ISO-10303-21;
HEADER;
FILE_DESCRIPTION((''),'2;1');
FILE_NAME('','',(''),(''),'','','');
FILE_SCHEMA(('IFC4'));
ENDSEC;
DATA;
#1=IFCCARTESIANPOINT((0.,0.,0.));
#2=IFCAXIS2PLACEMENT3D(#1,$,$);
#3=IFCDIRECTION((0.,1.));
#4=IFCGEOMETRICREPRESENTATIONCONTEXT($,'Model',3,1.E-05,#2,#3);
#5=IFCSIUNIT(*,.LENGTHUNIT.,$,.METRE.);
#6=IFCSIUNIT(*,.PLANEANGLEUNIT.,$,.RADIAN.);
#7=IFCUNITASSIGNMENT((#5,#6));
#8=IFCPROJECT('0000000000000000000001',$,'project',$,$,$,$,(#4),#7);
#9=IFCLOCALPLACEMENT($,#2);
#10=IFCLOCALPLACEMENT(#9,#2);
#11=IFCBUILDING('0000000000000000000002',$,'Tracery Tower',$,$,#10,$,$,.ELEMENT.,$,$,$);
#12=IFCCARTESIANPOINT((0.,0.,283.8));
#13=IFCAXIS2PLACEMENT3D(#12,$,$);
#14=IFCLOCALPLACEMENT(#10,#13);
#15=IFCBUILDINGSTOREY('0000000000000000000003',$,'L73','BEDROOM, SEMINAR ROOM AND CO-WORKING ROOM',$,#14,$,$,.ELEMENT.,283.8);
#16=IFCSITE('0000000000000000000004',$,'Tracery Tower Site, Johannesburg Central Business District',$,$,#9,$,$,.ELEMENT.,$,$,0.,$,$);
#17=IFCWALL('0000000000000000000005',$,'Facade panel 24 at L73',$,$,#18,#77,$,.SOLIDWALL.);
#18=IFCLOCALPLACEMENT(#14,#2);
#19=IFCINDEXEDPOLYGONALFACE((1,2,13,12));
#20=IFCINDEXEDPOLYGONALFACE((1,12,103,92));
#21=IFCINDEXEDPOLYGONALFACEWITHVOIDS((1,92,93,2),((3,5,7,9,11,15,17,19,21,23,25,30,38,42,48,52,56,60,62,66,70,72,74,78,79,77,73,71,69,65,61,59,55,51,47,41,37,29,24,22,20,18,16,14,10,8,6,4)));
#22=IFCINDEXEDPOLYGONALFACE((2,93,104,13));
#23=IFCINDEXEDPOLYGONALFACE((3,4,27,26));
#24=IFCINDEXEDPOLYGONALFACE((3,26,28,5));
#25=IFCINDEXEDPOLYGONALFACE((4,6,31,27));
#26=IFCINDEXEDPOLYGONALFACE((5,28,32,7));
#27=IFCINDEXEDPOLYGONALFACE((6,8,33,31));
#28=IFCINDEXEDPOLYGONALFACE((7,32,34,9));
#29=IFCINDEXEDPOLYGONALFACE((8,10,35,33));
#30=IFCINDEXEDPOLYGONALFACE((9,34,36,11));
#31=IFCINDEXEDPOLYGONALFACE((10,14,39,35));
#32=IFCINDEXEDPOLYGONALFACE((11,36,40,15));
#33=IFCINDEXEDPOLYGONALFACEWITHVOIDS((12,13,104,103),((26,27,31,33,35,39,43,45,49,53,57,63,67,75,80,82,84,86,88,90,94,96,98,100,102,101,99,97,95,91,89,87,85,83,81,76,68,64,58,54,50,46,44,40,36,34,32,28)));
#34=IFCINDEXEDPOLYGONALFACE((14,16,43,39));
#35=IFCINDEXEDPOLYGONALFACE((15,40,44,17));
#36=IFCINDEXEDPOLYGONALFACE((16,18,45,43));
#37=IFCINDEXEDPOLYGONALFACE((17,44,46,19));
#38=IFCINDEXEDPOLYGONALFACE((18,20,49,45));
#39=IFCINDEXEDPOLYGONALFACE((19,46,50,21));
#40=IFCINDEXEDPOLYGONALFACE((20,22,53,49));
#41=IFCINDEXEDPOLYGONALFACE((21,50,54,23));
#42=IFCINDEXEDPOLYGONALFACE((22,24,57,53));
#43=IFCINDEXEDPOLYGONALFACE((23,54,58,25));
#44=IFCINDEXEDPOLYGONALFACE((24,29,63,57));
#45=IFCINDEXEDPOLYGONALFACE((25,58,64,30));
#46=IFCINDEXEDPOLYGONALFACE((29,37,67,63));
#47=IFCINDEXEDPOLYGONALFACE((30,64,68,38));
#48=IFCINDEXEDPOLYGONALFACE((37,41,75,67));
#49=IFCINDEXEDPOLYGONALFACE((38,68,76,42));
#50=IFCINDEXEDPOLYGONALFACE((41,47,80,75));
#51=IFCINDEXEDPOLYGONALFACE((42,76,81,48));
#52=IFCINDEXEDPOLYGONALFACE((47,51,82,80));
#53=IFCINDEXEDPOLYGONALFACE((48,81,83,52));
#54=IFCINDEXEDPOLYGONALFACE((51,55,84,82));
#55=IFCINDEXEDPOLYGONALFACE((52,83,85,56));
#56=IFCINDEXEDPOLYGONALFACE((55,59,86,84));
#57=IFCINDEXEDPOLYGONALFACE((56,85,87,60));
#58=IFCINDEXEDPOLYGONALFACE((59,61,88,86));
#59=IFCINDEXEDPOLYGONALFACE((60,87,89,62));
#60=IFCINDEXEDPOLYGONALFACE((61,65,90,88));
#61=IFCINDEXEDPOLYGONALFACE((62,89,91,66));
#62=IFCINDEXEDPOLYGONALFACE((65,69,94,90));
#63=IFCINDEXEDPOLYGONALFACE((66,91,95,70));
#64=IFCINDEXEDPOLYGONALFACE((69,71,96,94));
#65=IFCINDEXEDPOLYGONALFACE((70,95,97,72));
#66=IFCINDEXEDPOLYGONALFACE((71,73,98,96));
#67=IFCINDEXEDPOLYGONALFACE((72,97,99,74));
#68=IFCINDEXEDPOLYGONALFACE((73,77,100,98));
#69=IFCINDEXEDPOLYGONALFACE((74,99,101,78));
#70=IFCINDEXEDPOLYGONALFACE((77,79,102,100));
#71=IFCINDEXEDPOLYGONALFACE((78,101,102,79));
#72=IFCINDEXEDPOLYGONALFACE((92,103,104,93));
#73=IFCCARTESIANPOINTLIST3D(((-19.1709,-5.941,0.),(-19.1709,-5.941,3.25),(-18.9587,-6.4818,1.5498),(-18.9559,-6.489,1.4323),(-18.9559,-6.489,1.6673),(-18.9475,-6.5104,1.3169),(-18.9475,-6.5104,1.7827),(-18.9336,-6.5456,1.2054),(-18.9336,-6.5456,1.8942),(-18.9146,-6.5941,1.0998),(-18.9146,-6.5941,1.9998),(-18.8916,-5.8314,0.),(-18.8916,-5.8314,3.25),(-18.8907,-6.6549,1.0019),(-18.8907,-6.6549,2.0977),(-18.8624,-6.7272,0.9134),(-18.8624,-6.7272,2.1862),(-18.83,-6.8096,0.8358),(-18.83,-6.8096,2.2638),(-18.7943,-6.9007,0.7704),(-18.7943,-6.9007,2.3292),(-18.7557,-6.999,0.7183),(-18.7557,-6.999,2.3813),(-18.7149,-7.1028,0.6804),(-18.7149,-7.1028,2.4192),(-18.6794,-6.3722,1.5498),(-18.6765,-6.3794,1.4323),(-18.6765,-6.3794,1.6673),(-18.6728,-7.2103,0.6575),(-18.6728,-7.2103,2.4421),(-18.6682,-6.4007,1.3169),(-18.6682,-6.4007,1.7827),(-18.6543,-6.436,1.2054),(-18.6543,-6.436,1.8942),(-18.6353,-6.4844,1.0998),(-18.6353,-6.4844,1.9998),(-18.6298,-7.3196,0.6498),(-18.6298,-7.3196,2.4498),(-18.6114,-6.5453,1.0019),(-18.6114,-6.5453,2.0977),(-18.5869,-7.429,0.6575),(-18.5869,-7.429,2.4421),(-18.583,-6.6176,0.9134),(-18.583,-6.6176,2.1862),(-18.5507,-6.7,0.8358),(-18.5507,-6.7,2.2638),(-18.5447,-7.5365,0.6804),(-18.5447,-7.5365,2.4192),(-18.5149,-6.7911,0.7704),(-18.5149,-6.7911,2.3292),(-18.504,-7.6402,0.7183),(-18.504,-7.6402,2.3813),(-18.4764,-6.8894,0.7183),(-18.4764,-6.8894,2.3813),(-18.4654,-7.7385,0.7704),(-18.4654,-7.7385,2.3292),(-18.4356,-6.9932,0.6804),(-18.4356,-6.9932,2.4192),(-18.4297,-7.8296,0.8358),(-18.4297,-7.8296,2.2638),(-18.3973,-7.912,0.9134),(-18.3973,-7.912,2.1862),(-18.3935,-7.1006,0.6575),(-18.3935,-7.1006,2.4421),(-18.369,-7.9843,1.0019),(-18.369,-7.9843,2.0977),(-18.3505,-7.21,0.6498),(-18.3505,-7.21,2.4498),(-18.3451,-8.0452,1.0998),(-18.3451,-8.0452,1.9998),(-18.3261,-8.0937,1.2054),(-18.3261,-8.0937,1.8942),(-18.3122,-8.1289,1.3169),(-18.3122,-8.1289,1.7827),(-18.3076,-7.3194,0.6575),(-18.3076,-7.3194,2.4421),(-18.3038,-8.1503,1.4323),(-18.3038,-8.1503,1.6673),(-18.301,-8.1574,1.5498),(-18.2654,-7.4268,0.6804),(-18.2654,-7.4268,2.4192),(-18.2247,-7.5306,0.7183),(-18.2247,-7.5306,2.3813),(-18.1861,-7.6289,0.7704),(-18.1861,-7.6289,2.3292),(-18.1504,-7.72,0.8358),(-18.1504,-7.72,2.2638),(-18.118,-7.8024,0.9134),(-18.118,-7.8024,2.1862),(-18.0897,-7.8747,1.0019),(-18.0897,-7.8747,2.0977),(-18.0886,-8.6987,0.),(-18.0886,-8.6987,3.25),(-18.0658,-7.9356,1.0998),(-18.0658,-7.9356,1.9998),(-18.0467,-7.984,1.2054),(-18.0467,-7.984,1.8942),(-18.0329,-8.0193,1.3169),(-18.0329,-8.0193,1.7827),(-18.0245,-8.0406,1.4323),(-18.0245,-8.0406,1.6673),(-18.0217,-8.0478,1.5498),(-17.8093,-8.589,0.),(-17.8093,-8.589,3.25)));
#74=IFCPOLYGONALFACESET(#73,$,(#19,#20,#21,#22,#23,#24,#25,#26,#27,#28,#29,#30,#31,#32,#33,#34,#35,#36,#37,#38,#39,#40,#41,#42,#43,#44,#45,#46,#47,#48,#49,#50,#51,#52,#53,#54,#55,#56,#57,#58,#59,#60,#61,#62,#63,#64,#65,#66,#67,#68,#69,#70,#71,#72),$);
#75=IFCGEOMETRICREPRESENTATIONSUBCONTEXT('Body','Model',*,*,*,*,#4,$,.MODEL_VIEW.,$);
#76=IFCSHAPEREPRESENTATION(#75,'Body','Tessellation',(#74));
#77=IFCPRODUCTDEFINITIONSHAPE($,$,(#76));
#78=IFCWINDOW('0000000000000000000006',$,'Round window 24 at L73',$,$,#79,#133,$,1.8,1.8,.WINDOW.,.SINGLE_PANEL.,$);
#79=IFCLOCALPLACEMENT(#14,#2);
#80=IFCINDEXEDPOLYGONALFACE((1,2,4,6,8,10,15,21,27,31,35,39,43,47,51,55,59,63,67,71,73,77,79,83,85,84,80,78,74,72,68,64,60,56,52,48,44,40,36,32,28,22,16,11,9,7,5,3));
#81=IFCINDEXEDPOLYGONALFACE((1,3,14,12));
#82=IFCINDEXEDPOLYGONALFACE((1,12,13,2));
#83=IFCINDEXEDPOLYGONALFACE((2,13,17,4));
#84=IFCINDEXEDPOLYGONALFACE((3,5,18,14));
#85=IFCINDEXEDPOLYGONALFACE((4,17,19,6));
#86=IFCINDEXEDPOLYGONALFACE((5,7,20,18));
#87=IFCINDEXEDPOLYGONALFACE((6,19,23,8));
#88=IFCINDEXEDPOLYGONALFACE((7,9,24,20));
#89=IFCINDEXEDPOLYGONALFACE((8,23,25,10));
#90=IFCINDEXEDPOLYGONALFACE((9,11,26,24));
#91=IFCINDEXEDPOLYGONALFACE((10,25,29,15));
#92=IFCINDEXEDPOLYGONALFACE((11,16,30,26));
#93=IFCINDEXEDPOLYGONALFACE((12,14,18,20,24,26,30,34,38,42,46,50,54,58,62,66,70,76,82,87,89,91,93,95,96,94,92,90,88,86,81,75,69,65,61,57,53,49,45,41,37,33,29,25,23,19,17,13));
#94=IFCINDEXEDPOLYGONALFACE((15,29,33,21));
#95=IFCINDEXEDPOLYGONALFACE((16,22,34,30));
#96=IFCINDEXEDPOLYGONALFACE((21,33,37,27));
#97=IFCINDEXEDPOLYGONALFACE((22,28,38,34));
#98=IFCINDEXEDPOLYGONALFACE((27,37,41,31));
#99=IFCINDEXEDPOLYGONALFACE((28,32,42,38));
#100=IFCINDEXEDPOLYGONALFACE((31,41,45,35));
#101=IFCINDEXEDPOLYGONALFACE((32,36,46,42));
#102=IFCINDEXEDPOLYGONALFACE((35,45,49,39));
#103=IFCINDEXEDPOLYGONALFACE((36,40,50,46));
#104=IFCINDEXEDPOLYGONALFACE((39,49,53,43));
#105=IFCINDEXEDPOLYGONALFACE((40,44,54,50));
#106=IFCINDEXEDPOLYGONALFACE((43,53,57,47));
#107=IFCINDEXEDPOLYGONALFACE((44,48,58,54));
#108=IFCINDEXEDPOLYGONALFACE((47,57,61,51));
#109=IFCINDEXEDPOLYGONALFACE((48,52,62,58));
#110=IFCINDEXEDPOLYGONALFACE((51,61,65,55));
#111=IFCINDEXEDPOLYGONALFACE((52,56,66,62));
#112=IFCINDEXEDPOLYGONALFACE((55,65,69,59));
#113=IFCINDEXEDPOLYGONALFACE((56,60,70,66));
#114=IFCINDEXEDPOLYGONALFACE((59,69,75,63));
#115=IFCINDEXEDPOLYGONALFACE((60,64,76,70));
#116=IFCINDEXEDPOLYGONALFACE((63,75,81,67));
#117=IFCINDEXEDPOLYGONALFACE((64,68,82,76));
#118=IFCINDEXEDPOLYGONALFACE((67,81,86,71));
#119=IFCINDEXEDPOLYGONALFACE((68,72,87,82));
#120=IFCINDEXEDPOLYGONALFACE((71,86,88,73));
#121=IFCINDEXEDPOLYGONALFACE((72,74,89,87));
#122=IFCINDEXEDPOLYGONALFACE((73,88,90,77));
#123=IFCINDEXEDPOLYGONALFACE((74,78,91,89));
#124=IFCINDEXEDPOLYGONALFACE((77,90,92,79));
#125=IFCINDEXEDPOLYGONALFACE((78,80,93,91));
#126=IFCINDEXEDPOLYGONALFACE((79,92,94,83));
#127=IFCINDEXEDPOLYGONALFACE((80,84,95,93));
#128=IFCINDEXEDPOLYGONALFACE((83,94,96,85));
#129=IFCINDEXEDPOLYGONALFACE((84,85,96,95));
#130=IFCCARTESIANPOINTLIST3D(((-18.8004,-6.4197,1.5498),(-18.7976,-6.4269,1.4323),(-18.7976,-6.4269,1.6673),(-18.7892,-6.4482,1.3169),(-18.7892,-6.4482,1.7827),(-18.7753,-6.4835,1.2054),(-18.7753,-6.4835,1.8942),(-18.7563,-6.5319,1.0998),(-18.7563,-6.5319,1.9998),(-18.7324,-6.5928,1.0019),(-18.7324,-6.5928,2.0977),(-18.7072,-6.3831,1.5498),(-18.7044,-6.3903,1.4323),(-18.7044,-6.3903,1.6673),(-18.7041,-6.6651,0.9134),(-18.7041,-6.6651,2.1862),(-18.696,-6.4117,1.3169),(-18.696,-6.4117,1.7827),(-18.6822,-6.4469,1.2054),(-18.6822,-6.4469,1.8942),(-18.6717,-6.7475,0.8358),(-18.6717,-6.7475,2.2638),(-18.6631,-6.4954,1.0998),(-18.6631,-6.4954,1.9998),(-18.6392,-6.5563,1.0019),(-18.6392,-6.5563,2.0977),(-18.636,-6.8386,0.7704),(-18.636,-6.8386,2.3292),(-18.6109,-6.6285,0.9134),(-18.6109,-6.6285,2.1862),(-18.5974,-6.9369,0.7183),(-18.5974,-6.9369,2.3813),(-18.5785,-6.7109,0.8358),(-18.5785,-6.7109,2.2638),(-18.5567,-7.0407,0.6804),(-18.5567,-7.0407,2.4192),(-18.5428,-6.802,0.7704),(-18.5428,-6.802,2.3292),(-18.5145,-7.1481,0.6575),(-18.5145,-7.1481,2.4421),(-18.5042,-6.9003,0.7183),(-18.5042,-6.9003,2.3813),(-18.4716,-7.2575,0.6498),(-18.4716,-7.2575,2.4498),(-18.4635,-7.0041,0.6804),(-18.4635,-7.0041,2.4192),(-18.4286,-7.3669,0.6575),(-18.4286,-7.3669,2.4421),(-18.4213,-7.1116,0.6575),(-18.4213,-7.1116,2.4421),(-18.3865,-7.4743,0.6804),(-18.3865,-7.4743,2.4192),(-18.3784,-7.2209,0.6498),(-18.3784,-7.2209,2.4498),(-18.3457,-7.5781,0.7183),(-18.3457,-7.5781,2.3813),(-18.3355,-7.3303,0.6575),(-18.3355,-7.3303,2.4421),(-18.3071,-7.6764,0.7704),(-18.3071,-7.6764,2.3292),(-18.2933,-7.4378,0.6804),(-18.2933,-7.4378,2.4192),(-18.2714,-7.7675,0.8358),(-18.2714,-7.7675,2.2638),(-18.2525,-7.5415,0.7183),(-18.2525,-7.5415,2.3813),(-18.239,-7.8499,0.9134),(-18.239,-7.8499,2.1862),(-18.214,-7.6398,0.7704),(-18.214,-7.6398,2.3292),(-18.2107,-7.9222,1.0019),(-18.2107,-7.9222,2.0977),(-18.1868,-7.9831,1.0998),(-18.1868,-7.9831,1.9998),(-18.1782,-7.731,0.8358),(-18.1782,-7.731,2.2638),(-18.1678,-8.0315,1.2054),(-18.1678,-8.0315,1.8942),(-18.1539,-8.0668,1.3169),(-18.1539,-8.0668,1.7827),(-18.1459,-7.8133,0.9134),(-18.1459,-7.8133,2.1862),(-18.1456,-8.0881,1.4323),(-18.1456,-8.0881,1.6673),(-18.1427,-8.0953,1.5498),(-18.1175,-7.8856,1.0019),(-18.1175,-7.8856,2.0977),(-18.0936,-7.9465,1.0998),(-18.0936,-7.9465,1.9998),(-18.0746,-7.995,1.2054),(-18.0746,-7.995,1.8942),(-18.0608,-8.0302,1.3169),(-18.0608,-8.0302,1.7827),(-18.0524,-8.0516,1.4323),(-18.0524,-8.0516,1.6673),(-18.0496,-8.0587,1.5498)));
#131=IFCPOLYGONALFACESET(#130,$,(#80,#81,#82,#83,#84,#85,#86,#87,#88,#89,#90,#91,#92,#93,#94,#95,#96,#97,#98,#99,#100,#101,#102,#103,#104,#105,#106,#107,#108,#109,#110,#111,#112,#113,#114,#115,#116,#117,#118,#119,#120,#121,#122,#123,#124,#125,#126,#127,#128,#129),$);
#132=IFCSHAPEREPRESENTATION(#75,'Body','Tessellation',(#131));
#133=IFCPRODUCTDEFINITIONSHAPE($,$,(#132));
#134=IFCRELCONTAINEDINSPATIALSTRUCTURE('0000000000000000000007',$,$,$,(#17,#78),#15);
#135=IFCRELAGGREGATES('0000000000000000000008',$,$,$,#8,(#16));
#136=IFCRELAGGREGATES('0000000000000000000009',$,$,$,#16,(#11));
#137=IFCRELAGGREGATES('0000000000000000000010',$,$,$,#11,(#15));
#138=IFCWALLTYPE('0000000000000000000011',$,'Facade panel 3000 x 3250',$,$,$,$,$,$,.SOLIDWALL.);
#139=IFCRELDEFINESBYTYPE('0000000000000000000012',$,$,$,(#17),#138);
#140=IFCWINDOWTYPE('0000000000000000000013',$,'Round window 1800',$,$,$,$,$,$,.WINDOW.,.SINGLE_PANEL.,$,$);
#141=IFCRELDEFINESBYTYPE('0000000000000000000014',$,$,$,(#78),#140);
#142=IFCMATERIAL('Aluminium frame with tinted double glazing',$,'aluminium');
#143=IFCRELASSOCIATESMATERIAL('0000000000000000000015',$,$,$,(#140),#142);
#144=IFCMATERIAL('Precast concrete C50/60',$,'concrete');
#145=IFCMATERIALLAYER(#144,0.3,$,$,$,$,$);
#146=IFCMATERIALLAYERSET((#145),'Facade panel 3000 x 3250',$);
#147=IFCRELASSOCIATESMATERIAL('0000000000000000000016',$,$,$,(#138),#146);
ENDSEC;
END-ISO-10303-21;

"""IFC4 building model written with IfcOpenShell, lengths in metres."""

from ifc_helpers import new_model, si_unit, direction, frame, frame_2d, origin, origin_2d, place, context, subcontext, project, spatial, rectangle, circle, extrude, material, layer, layer_set, type_object, element, fill, save


model = new_model("IFC4")

# Units and contexts
model_context = context("Model", 3, precision=1e-05, world=origin(), true_north=direction((0.0, 1.0)))
body_context = subcontext(model_context, "Body", "Model", "MODEL_VIEW")
ifc_project = project(units=[si_unit("LENGTHUNIT", "METRE"), si_unit("PLANEANGLEUNIT", "RADIAN")], contexts=[model_context])

# Site, building, storey
site_placement = place(None, origin())
site = spatial("IfcSite", under=ifc_project, at=site_placement, Name="Tracery Tower Site, Johannesburg Central Business District", CompositionType="ELEMENT", RefElevation=0.0)
building_placement = place(site_placement, origin())
building = spatial("IfcBuilding", under=site, at=building_placement, Name="Tracery Tower", CompositionType="ELEMENT")
storey_placement = place(building_placement, frame((0.0, 0.0, 283.8)))
storey = spatial("IfcBuildingStorey", under=building, at=storey_placement, Name="L73", Description="BEDROOM, SEMINAR ROOM AND CO-WORKING ROOM", CompositionType="ELEMENT", Elevation=283.8)

# Wall, opening, window
ifc_material_1 = material(Name="Aluminium frame with tinted double glazing", Category="aluminium")
window_type = type_object("IfcWindowType", Name="Round window 1800", PartitioningType="SINGLE_PANEL", PredefinedType="WINDOW", material=ifc_material_1)
ifc_material_2 = material(Name="Precast concrete C50/60", Category="concrete")
ifc_layer_1 = layer(ifc_material_2, 0.3)
ifc_layer_set_1 = layer_set([ifc_layer_1], Name="Facade panel 3000 x 3250")
wall_type_1 = type_object("IfcWallType", Name="Facade panel 3000 x 3250", PredefinedType="SOLIDWALL", material=ifc_layer_set_1)
wall_1_placement = place(storey_placement, frame((-19.0312, -5.8862, 0.0), z_axis=(0.0, 0.0, 1.0), x_axis=(0.365344, -0.930873, 0.0)))
wall_1 = element("IfcWall", 1, at=wall_1_placement, inside=storey, type_object=wall_type_1, Name="Facade panel 24 at L73", PredefinedType="SOLIDWALL", context=body_context, shape_type="SweptSolid", body=[
    extrude(rectangle(XDim=2.9624, YDim=0.3, at=frame_2d((1.4812, 0.0))), origin(), (0.0, 0.0, 1.0), 3.25),
])
opening_1_placement = place(wall_1_placement, frame((1.481, 0.0, 1.5498)))
opening_1 = element("IfcOpeningElement", 2, at=opening_1_placement, cuts=wall_1, PredefinedType="OPENING", context=body_context, shape_type="SweptSolid", body=[
    extrude(circle(Radius=0.9, at=origin_2d()), frame((0.0, 0.1599, 0.0), z_axis=(0.0, -1.0, 0.0), x_axis=(1.0, 0.0, 0.0)), (0.0, 0.0, 1.0), 0.3201),
])
window_1_placement = place(opening_1_placement, origin())
window_1 = element("IfcWindow", 3, at=window_1_placement, inside=storey, type_object=window_type, Name="Round window 24 at L73", OverallHeight=1.8, OverallWidth=1.8, PartitioningType="SINGLE_PANEL", PredefinedType="WINDOW", context=body_context, shape_type="SweptSolid", body=[
    extrude(circle(Radius=0.9, at=origin_2d()), frame((0.0, 0.1201, 0.0), z_axis=(0.0, -1.0, 0.0), x_axis=(1.0, 0.0, 0.0)), (0.0, 0.0, 1.0), 0.1001),
])
fill(opening_1, window_1)

save(model, "model.ifc")
